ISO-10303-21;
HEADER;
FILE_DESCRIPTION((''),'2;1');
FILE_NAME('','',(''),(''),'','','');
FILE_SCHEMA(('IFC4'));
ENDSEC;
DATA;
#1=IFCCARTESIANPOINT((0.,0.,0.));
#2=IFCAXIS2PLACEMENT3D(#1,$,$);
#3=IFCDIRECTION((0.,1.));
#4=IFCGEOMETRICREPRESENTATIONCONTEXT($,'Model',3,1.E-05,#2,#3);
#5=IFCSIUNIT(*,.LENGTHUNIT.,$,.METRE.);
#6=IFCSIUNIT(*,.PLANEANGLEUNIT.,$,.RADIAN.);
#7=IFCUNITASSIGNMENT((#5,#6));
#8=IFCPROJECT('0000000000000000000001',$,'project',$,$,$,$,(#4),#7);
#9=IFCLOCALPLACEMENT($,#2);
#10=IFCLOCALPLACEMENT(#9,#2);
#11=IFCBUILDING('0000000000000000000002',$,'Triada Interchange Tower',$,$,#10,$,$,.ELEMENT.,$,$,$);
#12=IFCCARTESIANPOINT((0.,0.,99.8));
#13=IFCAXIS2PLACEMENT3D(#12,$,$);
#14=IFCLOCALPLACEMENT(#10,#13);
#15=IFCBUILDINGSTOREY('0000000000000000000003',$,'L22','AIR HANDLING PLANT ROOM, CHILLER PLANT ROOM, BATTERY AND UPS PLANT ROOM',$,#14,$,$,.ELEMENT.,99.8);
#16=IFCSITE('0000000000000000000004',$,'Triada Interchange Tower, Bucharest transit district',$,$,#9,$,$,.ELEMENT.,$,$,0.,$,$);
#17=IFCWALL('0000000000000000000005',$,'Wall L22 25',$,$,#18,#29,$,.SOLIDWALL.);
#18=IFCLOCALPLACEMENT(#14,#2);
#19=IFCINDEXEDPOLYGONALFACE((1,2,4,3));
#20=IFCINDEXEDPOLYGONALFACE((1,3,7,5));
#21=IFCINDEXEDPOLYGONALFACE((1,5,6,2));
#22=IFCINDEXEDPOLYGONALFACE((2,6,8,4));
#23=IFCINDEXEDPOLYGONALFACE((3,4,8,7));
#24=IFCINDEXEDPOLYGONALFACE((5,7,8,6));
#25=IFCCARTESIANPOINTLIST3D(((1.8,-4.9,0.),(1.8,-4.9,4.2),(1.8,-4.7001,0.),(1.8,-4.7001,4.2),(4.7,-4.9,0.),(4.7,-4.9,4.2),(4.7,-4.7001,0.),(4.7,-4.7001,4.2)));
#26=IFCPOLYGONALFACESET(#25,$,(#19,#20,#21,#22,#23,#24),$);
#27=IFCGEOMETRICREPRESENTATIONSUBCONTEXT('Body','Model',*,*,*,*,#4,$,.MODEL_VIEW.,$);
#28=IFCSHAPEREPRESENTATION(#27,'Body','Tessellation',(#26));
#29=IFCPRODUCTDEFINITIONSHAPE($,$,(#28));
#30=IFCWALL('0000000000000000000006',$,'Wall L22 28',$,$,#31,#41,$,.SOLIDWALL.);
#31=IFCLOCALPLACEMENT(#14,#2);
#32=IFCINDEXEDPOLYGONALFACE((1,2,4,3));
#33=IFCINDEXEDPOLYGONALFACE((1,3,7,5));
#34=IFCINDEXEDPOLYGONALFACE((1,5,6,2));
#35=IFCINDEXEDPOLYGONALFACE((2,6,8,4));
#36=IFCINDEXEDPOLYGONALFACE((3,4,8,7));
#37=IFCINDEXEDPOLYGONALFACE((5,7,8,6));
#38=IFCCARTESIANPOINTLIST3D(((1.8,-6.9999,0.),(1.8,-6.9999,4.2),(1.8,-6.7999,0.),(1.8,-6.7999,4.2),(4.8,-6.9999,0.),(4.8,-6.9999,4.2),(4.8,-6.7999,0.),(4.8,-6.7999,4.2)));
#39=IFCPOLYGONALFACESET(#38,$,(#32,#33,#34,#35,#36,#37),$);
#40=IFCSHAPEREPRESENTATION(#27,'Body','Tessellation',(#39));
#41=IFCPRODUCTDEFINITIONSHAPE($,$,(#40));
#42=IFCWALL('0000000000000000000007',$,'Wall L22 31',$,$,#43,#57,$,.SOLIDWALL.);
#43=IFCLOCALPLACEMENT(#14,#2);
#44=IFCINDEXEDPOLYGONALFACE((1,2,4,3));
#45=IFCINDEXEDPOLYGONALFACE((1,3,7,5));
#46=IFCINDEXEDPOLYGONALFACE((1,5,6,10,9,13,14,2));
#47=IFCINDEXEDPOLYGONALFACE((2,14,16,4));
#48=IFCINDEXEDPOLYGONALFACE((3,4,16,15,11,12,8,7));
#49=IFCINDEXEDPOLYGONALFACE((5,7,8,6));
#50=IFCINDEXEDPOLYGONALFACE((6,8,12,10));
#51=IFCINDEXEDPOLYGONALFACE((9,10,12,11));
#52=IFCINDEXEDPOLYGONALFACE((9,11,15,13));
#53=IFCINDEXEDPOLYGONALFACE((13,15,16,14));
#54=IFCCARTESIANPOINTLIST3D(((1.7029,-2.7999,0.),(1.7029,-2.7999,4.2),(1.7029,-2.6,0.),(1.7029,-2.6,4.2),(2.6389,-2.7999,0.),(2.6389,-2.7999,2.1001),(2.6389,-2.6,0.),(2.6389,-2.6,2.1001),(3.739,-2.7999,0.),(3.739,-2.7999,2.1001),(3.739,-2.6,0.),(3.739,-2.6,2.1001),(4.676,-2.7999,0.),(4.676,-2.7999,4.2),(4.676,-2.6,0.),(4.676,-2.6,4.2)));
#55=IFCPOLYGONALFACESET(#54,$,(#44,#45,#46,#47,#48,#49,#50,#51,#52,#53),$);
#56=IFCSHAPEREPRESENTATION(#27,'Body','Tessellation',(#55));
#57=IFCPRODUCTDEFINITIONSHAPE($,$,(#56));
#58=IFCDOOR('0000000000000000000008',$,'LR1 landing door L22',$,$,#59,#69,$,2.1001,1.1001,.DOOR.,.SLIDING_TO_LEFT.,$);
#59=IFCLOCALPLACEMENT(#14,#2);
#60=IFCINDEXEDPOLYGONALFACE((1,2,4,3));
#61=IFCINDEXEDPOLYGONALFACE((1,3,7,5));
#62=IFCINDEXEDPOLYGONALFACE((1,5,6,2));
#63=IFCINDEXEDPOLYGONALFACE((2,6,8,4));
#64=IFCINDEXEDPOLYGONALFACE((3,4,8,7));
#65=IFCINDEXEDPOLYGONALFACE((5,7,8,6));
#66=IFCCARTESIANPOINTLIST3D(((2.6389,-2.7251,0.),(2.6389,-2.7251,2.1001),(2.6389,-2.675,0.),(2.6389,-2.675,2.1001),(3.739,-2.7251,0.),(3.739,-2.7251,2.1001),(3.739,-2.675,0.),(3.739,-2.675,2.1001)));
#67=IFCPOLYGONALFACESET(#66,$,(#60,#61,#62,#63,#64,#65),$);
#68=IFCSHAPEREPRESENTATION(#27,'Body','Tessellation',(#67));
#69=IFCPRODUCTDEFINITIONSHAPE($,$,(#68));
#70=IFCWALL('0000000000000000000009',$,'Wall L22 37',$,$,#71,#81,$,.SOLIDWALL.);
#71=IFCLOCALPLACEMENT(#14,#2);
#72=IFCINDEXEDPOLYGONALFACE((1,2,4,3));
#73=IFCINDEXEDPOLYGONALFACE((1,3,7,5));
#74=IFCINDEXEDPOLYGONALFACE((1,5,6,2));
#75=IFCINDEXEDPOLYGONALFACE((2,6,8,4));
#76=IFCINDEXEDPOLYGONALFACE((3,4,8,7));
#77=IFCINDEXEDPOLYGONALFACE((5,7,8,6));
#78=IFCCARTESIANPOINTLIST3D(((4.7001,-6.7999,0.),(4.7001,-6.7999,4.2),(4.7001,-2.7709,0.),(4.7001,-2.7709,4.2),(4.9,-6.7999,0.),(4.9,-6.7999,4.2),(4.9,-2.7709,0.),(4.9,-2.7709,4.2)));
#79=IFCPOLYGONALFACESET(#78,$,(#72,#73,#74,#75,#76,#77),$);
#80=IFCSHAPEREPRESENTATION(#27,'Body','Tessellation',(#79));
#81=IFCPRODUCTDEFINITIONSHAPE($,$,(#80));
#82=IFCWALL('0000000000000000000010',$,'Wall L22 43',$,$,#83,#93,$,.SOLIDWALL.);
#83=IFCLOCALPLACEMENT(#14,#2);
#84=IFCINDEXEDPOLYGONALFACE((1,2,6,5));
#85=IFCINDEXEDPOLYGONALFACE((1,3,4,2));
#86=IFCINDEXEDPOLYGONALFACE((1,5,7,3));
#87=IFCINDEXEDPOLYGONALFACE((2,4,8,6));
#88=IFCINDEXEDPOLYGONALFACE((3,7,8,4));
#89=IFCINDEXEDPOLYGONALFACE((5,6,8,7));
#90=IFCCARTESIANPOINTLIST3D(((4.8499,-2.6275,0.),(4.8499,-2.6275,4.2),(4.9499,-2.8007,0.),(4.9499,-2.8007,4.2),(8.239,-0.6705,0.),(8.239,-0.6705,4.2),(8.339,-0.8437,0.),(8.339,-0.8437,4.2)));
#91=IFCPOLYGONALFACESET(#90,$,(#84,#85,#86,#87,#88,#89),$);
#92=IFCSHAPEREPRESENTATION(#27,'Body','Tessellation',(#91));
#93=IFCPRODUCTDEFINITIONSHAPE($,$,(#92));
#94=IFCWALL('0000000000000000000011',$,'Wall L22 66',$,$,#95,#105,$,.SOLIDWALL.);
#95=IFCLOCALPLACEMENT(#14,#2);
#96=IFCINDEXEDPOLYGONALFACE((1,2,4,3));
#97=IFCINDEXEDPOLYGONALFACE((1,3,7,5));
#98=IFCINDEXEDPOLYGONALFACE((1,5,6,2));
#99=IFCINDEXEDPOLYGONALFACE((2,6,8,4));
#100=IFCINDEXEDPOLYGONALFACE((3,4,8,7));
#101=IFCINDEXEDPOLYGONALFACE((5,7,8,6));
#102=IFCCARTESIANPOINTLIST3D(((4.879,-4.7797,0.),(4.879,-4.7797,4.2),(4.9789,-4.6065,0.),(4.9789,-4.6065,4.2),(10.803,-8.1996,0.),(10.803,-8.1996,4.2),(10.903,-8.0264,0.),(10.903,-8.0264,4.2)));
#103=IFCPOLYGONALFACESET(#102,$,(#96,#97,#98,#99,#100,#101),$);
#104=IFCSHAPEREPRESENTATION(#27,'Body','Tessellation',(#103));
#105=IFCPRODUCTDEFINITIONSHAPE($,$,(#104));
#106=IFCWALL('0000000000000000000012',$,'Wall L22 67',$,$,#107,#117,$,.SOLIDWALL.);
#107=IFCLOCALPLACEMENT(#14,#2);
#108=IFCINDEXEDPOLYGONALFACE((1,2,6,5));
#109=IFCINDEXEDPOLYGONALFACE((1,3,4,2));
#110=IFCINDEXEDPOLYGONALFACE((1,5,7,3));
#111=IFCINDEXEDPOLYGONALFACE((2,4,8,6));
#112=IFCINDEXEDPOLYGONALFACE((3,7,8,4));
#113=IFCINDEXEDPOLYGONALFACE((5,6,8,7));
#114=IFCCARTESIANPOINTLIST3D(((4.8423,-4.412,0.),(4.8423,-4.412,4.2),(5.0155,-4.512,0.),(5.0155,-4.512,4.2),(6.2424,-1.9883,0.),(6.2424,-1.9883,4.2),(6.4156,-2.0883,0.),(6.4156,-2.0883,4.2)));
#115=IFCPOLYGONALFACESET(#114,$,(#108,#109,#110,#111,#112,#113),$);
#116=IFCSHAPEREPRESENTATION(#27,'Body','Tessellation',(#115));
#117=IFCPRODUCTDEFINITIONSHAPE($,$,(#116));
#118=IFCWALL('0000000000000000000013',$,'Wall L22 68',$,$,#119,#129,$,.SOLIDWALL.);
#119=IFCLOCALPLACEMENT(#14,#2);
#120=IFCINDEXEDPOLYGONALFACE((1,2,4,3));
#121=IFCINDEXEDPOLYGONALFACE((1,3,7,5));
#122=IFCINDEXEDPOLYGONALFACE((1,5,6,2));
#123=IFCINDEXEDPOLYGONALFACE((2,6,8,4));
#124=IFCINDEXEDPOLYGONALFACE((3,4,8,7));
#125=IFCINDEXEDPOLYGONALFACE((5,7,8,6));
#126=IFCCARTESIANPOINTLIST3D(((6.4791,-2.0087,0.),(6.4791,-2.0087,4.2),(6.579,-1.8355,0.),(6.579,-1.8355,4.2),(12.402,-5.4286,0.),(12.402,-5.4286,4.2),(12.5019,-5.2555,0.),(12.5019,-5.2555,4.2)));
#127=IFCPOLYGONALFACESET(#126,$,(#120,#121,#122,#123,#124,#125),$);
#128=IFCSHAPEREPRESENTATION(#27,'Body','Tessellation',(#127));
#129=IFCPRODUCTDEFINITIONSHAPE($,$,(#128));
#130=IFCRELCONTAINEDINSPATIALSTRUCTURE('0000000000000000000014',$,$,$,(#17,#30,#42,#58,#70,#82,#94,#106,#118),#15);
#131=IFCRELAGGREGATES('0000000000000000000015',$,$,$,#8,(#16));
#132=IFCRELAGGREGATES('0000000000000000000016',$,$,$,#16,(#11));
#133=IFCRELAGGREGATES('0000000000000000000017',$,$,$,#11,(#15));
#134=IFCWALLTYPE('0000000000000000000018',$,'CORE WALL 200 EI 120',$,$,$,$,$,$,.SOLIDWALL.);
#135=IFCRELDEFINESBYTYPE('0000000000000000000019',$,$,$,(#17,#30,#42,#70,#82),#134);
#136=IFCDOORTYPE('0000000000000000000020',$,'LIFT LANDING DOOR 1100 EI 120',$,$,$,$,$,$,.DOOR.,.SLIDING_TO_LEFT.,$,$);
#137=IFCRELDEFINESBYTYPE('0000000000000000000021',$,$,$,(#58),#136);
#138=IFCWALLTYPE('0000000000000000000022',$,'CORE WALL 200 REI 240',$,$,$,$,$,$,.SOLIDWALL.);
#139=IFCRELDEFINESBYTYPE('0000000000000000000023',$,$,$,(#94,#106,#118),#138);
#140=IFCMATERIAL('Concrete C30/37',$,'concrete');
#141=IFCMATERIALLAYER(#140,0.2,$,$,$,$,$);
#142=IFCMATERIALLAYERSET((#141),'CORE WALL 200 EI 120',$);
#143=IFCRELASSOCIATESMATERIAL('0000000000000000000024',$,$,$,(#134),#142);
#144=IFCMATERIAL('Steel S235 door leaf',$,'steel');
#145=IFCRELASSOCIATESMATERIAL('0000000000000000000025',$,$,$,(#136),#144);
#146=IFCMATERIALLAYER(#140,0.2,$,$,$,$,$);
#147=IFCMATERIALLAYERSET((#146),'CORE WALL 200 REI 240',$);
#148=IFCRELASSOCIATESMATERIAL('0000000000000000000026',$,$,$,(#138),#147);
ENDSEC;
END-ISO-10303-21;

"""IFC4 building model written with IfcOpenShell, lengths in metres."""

from ifc_helpers import new_model, si_unit, direction, frame, frame_2d, origin, place, context, subcontext, project, spatial, rectangle, extrude, material, layer, layer_set, type_object, element, fill, save


model = new_model("IFC4")

# Units and contexts
model_context = context("Model", 3, precision=1e-05, world=origin(), true_north=direction((0.0, 1.0)))
body_context = subcontext(model_context, "Body", "Model", "MODEL_VIEW")
ifc_project = project(units=[si_unit("LENGTHUNIT", "METRE"), si_unit("PLANEANGLEUNIT", "RADIAN")], contexts=[model_context])

# Site, building, storey
site_placement = place(None, origin())
site = spatial("IfcSite", under=ifc_project, at=site_placement, Name="Triada Interchange Tower, Bucharest transit district", CompositionType="ELEMENT", RefElevation=0.0)
building_placement = place(site_placement, origin())
building = spatial("IfcBuilding", under=site, at=building_placement, Name="Triada Interchange Tower", CompositionType="ELEMENT")
storey_placement = place(building_placement, frame((0.0, 0.0, 99.8)))
storey = spatial("IfcBuildingStorey", under=building, at=storey_placement, Name="L22", Description="AIR HANDLING PLANT ROOM, CHILLER PLANT ROOM, BATTERY AND UPS PLANT ROOM", CompositionType="ELEMENT", Elevation=99.8)

# Walls
ifc_material_1 = material(Name="Concrete C30/37", Category="concrete")
ifc_layer_1 = layer(ifc_material_1, 0.2)
ifc_layer_set_1 = layer_set([ifc_layer_1], Name="CORE WALL 200 EI 120")
wall_type_1 = type_object("IfcWallType", Name="CORE WALL 200 EI 120", PredefinedType="SOLIDWALL", material=ifc_layer_set_1)
wall_1_placement = place(storey_placement, frame((1.8, -4.8, 0.0), z_axis=(0.0, 0.0, 1.0), x_axis=(1.0, 0.0, 0.0)))
element("IfcWall", 1, at=wall_1_placement, inside=storey, type_object=wall_type_1, Name="Wall L22 25", PredefinedType="SOLIDWALL", context=body_context, shape_type="SweptSolid", body=[
    extrude(rectangle(XDim=2.8999, YDim=0.2, at=frame_2d((1.45, 0.0))), origin(), (0.0, 0.0, 1.0), 4.2),
])
wall_2_placement = place(storey_placement, frame((1.8, -6.8999, 0.0), z_axis=(0.0, 0.0, 1.0), x_axis=(1.0, 0.0, 0.0)))
element("IfcWall", 2, at=wall_2_placement, inside=storey, type_object=wall_type_1, Name="Wall L22 28", PredefinedType="SOLIDWALL", context=body_context, shape_type="SweptSolid", body=[
    extrude(rectangle(XDim=3.0, YDim=0.2, at=frame_2d((1.5, 0.0))), origin(), (0.0, 0.0, 1.0), 4.2),
])

# Wall, opening, door
wall_3_placement = place(storey_placement, frame((1.7029, -2.7, 0.0), z_axis=(0.0, 0.0, 1.0), x_axis=(1.0, 0.0, 0.0)))
wall_3 = element("IfcWall", 3, at=wall_3_placement, inside=storey, type_object=wall_type_1, Name="Wall L22 31", PredefinedType="SOLIDWALL", context=body_context, shape_type="SweptSolid", body=[
    extrude(rectangle(XDim=2.9731, YDim=0.2, at=frame_2d((1.4866, 0.0))), origin(), (0.0, 0.0, 1.0), 4.2),
])
opening_1_placement = place(wall_3_placement, frame((0.936, 0.0, 0.0)))
opening_1 = element("IfcOpeningElement", 4, at=opening_1_placement, cuts=wall_3, PredefinedType="OPENING", context=body_context, shape_type="SweptSolid", body=[
    extrude(rectangle(XDim=1.1001, YDim=2.1001, at=frame_2d((0.55, 1.05))), frame((0.0, 0.1099, 0.0), z_axis=(0.0, -1.0, 0.0), x_axis=(1.0, 0.0, 0.0)), (0.0, 0.0, 1.0), 0.22),
])
ifc_material_2 = material(Name="Steel S235 door leaf", Category="steel")
door_type_1 = type_object("IfcDoorType", Name="LIFT LANDING DOOR 1100 EI 120", OperationType="SLIDING_TO_LEFT", PredefinedType="DOOR", material=ifc_material_2)
door_1_placement = place(opening_1_placement, origin())
door_1 = element("IfcDoor", 5, at=door_1_placement, inside=storey, type_object=door_type_1, Name="LR1 landing door L22", OperationType="SLIDING_TO_LEFT", OverallHeight=2.1001, OverallWidth=1.1001, PredefinedType="DOOR", context=body_context, shape_type="SweptSolid", body=[
    extrude(rectangle(XDim=1.1001, YDim=2.1001, at=frame_2d((0.55, 1.05))), frame((0.0, 0.0249, 0.0), z_axis=(0.0, -1.0, 0.0), x_axis=(1.0, 0.0, 0.0)), (0.0, 0.0, 1.0), 0.05),
])
fill(opening_1, door_1)

# Walls
wall_4_placement = place(storey_placement, frame((4.8, -6.8, 0.0), z_axis=(0.0, 0.0, 1.0), x_axis=(0.0, 1.0, 0.0)))
element("IfcWall", 6, at=wall_4_placement, inside=storey, type_object=wall_type_1, Name="Wall L22 37", PredefinedType="SOLIDWALL", context=body_context, shape_type="SweptSolid", body=[
    extrude(rectangle(XDim=4.0291, YDim=0.2, at=frame_2d((2.0146, 0.0))), origin(), (0.0, 0.0, 1.0), 4.2),
])
wall_5_placement = place(storey_placement, frame((4.8999, -2.7141, 0.0), z_axis=(0.0, 0.0, 1.0), x_axis=(0.865992, 0.500057, 0.0)))
element("IfcWall", 7, at=wall_5_placement, inside=storey, type_object=wall_type_1, Name="Wall L22 43", PredefinedType="SOLIDWALL", context=body_context, shape_type="SweptSolid", body=[
    extrude(rectangle(XDim=3.9136, YDim=0.2, at=frame_2d((1.9568, 0.0))), origin(), (0.0, 0.0, 1.0), 4.2),
])
ifc_layer_2 = layer(ifc_material_1, 0.2)
ifc_layer_set_2 = layer_set([ifc_layer_2], Name="CORE WALL 200 REI 240")
wall_type_2 = type_object("IfcWallType", Name="CORE WALL 200 REI 240", PredefinedType="SOLIDWALL", material=ifc_layer_set_2)
wall_6_placement = place(storey_placement, frame((4.929, -4.6931, 0.0), z_axis=(0.0, 0.0, 1.0), x_axis=(0.866047, -0.499962, 0.0)))
element("IfcWall", 8, at=wall_6_placement, inside=storey, type_object=wall_type_2, Name="Wall L22 66", PredefinedType="SOLIDWALL", context=body_context, shape_type="SweptSolid", body=[
    extrude(rectangle(XDim=6.8403, YDim=0.2, at=frame_2d((3.4202, 0.0))), origin(), (0.0, 0.0, 1.0), 4.2),
])
wall_7_placement = place(storey_placement, frame((4.929, -4.4619, 0.0), z_axis=(0.0, 0.0, 1.0), x_axis=(0.500201, 0.86591, 0.0)))
element("IfcWall", 9, at=wall_7_placement, inside=storey, type_object=wall_type_2, Name="Wall L22 67", PredefinedType="SOLIDWALL", context=body_context, shape_type="SweptSolid", body=[
    extrude(rectangle(XDim=2.7991, YDim=0.2, at=frame_2d((1.3994, 0.0))), origin(), (0.0, 0.0, 1.0), 4.2),
])
wall_8_placement = place(storey_placement, frame((6.5291, -1.9221, 0.0), z_axis=(0.0, 0.0, 1.0), x_axis=(0.866002, -0.50004, 0.0)))
element("IfcWall", 10, at=wall_8_placement, inside=storey, type_object=wall_type_2, Name="Wall L22 68", PredefinedType="SOLIDWALL", context=body_context, shape_type="SweptSolid", body=[
    extrude(rectangle(XDim=6.8394, YDim=0.2, at=frame_2d((3.4197, 0.0))), origin(), (0.0, 0.0, 1.0), 4.2),
])

save(model, "model.ifc")
